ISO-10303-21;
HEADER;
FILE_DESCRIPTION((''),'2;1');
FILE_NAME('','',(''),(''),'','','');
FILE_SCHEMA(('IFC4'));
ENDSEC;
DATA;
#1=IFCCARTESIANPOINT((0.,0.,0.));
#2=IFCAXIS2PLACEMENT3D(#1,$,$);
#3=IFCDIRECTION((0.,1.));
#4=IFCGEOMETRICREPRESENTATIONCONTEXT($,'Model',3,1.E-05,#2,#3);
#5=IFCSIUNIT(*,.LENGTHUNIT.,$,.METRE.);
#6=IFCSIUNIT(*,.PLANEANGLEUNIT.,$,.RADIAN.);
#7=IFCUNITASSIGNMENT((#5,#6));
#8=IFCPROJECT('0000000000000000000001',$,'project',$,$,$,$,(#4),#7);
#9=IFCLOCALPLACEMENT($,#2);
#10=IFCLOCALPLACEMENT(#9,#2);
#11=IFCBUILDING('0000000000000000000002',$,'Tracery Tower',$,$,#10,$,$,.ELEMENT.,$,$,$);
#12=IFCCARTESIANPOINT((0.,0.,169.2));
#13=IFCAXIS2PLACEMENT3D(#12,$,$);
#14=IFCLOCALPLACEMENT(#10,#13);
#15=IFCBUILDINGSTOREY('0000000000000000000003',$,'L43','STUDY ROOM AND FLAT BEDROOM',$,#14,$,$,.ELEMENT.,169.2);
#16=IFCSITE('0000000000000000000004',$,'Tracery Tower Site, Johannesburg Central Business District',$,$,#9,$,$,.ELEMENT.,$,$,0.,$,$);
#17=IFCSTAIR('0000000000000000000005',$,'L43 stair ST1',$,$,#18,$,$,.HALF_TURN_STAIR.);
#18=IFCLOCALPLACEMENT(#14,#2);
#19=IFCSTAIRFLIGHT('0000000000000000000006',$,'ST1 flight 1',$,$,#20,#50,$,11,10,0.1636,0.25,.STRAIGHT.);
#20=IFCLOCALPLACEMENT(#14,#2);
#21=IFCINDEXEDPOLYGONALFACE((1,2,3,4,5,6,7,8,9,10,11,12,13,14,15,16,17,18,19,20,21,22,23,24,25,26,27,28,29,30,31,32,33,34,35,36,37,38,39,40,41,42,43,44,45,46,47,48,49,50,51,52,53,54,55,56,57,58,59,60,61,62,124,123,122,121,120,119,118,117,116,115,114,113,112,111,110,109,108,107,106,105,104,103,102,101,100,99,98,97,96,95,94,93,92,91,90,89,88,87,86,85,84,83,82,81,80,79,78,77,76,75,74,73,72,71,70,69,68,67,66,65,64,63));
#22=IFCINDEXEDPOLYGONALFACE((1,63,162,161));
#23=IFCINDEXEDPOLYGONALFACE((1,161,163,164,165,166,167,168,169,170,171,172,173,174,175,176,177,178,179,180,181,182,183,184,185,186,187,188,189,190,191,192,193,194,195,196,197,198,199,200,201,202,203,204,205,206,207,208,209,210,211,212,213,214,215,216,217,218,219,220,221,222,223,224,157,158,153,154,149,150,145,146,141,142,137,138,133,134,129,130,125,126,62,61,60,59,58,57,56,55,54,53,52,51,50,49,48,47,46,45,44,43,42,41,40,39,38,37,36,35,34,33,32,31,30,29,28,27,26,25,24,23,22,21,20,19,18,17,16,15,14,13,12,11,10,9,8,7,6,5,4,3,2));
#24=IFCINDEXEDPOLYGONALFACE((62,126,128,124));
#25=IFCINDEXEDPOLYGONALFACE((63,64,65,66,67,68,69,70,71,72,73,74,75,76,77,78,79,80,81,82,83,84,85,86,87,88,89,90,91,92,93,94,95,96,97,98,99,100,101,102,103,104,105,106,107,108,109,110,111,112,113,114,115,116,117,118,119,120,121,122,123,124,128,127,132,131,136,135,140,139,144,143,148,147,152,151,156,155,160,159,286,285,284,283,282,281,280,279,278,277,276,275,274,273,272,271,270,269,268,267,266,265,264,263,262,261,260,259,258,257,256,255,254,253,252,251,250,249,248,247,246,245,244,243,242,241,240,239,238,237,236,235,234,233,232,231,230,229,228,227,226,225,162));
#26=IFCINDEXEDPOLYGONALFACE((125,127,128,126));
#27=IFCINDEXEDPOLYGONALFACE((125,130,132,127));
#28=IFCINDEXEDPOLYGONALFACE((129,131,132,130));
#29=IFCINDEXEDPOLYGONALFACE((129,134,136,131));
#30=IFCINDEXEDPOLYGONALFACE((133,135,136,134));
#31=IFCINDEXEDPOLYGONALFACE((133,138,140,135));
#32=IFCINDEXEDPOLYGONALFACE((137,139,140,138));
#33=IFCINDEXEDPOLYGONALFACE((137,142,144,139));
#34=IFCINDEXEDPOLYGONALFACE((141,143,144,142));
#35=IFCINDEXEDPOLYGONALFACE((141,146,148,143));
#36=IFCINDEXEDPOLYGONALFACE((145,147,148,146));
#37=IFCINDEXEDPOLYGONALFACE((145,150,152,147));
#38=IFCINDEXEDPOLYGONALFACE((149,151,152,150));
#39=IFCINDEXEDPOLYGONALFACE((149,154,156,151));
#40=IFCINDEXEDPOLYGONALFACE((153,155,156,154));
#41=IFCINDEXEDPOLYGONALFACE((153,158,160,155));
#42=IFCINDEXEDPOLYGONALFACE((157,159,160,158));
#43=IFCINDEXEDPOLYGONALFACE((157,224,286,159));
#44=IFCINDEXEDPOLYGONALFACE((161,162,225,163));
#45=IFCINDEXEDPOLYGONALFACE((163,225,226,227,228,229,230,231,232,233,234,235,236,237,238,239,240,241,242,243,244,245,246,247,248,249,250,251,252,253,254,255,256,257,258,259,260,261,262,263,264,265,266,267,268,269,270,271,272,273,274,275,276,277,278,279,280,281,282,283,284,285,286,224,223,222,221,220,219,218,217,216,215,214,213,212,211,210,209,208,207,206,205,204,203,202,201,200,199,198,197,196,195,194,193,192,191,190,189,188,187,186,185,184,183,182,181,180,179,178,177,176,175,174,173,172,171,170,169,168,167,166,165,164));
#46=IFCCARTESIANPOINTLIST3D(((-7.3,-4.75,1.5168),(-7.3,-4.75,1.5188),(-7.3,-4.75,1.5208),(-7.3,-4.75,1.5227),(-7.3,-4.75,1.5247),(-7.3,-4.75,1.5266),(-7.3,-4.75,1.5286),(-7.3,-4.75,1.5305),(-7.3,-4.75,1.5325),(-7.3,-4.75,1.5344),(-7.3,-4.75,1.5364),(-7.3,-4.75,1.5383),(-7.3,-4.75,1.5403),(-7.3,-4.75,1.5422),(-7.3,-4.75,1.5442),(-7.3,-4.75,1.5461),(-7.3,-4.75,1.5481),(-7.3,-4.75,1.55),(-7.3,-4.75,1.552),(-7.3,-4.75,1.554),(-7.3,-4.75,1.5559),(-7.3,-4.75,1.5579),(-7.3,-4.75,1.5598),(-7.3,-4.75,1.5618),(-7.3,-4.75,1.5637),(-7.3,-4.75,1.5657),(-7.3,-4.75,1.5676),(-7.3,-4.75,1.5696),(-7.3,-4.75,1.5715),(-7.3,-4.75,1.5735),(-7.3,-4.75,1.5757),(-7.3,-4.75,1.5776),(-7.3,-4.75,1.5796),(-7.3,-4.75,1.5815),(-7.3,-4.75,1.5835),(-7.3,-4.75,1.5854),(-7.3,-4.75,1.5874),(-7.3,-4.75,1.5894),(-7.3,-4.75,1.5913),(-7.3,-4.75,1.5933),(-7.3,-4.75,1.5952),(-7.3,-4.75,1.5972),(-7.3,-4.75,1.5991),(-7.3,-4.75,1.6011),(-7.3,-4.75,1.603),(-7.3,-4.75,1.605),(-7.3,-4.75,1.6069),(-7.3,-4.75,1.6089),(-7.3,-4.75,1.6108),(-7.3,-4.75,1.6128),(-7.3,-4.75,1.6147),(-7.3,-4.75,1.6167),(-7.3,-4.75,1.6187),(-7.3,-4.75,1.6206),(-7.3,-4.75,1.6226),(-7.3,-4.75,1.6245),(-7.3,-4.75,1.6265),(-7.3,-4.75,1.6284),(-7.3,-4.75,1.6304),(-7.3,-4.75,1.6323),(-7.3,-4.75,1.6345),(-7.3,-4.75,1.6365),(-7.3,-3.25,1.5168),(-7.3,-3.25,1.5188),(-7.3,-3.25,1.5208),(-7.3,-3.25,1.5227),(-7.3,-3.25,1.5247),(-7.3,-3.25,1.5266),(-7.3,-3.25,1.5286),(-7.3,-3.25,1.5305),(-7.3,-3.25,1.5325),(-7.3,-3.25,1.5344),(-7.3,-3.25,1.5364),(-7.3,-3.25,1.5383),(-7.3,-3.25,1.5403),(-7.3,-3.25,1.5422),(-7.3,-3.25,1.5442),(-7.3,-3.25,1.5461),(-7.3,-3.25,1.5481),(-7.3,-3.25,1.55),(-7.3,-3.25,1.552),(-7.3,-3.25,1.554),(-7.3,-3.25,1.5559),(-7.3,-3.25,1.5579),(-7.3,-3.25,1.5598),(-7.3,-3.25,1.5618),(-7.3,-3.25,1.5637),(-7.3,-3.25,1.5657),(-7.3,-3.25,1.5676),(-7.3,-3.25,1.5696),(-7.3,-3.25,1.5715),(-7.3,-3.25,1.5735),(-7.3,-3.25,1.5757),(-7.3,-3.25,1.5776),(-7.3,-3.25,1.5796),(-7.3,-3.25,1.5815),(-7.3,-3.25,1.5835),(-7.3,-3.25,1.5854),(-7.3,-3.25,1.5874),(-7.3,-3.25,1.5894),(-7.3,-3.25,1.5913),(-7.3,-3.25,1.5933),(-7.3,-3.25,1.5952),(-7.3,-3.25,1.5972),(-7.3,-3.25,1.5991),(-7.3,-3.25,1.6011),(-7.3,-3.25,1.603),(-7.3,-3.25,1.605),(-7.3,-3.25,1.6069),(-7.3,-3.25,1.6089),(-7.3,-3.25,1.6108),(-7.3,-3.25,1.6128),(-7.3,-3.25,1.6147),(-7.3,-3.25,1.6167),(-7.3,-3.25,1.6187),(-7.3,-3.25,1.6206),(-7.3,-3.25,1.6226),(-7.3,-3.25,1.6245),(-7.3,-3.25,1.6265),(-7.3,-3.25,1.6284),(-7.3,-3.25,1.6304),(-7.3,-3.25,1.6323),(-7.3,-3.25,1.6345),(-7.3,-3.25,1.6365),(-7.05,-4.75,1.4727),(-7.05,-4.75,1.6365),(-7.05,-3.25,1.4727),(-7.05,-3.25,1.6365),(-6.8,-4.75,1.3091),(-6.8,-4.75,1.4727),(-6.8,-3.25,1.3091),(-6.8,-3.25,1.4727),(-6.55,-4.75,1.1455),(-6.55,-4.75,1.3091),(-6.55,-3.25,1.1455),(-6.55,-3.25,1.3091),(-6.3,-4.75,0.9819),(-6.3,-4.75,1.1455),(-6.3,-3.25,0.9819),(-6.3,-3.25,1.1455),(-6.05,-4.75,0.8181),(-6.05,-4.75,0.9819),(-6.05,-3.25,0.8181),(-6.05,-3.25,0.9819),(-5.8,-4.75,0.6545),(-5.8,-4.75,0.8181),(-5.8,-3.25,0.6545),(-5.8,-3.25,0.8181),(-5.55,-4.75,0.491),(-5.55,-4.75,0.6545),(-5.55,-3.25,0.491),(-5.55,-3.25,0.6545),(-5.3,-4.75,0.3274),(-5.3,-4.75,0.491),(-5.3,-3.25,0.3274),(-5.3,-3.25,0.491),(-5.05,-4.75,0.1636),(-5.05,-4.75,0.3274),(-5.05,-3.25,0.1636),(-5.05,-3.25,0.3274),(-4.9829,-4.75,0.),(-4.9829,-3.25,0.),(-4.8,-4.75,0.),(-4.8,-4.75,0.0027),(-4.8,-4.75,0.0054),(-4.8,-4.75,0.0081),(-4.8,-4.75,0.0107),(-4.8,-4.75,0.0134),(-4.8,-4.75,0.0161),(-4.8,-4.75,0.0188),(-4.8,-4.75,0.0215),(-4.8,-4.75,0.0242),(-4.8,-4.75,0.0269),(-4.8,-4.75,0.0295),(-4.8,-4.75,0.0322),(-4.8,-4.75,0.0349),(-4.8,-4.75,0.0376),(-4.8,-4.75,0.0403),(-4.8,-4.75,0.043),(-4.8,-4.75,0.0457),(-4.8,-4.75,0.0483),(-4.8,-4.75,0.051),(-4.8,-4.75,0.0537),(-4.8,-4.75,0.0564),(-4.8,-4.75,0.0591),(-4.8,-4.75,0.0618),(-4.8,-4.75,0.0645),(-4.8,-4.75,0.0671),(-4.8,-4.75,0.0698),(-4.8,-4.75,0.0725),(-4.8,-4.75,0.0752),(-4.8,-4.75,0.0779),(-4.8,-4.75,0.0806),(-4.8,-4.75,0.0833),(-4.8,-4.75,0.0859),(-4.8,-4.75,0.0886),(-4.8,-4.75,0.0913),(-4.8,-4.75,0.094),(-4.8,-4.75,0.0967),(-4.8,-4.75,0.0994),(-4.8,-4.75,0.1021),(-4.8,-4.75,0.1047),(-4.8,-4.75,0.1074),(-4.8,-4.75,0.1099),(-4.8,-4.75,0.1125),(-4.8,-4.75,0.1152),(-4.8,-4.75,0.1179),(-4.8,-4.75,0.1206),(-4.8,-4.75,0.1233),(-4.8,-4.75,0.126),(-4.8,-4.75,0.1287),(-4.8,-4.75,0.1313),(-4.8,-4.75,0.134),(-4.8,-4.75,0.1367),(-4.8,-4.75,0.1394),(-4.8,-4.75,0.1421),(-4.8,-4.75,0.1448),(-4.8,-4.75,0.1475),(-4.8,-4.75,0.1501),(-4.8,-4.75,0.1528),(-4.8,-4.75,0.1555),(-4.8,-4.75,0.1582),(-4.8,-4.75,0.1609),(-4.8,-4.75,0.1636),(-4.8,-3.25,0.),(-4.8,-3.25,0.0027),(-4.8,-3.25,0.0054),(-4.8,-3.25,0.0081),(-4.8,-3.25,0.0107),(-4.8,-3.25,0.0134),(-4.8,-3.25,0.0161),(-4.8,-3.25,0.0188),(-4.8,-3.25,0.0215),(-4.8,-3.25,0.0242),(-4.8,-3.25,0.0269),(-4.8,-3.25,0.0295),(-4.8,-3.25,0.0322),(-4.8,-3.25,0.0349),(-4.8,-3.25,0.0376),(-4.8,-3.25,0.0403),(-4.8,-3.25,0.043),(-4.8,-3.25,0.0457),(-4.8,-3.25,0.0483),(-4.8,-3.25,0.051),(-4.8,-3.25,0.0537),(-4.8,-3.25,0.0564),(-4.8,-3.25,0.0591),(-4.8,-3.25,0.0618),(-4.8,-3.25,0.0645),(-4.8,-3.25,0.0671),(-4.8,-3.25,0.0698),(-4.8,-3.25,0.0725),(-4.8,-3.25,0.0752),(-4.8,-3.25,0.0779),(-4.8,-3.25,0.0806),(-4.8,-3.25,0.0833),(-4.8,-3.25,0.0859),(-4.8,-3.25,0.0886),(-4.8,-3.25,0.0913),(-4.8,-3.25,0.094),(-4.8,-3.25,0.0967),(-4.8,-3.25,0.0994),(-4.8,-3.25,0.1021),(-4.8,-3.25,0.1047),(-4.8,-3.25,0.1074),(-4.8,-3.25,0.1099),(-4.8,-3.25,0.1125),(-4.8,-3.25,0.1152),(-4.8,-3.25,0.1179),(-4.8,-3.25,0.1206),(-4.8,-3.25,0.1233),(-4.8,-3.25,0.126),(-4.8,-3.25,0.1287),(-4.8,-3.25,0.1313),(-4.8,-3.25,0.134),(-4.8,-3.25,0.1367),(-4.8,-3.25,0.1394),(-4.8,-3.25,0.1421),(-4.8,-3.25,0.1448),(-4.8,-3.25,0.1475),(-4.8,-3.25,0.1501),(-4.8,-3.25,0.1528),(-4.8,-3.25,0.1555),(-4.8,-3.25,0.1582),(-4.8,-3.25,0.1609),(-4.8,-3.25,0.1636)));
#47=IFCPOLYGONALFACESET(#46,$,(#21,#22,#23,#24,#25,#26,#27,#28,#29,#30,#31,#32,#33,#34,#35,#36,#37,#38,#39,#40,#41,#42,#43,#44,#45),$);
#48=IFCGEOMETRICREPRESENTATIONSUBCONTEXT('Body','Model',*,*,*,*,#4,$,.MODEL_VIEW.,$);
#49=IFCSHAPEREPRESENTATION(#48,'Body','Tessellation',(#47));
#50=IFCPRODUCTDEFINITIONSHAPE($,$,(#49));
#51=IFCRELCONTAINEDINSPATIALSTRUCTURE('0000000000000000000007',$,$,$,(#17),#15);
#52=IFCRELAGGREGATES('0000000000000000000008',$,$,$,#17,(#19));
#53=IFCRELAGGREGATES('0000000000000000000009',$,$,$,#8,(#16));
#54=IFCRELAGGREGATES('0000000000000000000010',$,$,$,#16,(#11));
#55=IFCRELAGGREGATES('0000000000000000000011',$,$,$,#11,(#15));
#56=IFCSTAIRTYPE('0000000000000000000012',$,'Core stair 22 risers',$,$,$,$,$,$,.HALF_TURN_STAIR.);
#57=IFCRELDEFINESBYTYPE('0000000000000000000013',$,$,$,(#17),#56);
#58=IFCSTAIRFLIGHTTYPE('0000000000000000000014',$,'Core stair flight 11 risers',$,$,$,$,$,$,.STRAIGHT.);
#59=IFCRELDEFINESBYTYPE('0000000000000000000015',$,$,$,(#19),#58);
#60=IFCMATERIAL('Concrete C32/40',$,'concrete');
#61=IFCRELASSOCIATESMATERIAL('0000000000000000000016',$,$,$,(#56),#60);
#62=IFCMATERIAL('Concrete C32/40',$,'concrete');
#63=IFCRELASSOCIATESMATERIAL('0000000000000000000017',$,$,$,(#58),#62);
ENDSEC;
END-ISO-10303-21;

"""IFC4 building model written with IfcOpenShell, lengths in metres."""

from ifc_helpers import new_model, si_unit, direction, frame, origin, place, context, subcontext, project, spatial, polyline, outline, extrude, material, type_object, element, aggregate, save


model = new_model("IFC4")

# Units and contexts
model_context = context("Model", 3, precision=1e-05, world=origin(), true_north=direction((0.0, 1.0)))
body_context = subcontext(model_context, "Body", "Model", "MODEL_VIEW")
ifc_project = project(units=[si_unit("LENGTHUNIT", "METRE"), si_unit("PLANEANGLEUNIT", "RADIAN")], contexts=[model_context])

# Site, building, storey
site_placement = place(None, origin())
site = spatial("IfcSite", under=ifc_project, at=site_placement, Name="Tracery Tower Site, Johannesburg Central Business District", CompositionType="ELEMENT", RefElevation=0.0)
building_placement = place(site_placement, origin())
building = spatial("IfcBuilding", under=site, at=building_placement, Name="Tracery Tower", CompositionType="ELEMENT")
storey_placement = place(building_placement, frame((0.0, 0.0, 169.2)))
storey = spatial("IfcBuildingStorey", under=building, at=storey_placement, Name="L43", Description="STUDY ROOM AND FLAT BEDROOM", CompositionType="ELEMENT", Elevation=169.2)

# Stair, stair flight
ifc_material_1 = material(Name="Concrete C32/40", Category="concrete")
stair_type = type_object("IfcStairType", Name="Core stair 22 risers", PredefinedType="HALF_TURN_STAIR", material=ifc_material_1)
stair_placement = place(storey_placement, origin())
stair = element("IfcStair", 1, at=stair_placement, inside=storey, type_object=stair_type, Name="L43 stair ST1", PredefinedType="HALF_TURN_STAIR")
ifc_material_2 = material(Name="Concrete C32/40", Category="concrete")
stair_flight_type = type_object("IfcStairFlightType", Name="Core stair flight 11 risers", PredefinedType="STRAIGHT", material=ifc_material_2)
stair_flight_1_placement = place(storey_placement, frame((-4.8, -4.0, 0.0), z_axis=(0.0, 0.0, 1.0), x_axis=(-1.0, 0.0, 0.0)))
stair_flight_1 = element("IfcStairFlight", 2, at=stair_flight_1_placement, type_object=stair_flight_type, Name="ST1 flight 1", NumberOfRisers=11, NumberOfTreads=10, PredefinedType="STRAIGHT", RiserHeight=0.1636, TreadLength=0.25, context=body_context, shape_type="SweptSolid", body=[
    extrude(outline(polyline([(0.0, 0.0), (0.0, 0.0027), (0.0, 0.0054), (0.0, 0.0081), (0.0, 0.0107), (0.0, 0.0134), (0.0, 0.0161), (0.0, 0.0188), (0.0, 0.0215), (0.0, 0.0242), (0.0, 0.0269), (0.0, 0.0295), (0.0, 0.0322), (0.0, 0.0349), (0.0, 0.0376), (0.0, 0.0403), (0.0, 0.043), (0.0, 0.0457), (0.0, 0.0483), (0.0, 0.051), (0.0, 0.0537), (0.0, 0.0564), (0.0, 0.0591), (0.0, 0.0618), (0.0, 0.0645), (0.0, 0.0671), (0.0, 0.0698), (0.0, 0.0725), (0.0, 0.0752), (0.0, 0.0779), (0.0, 0.0806), (0.0, 0.0833), (0.0, 0.0859), (0.0, 0.0886), (0.0, 0.0913), (0.0, 0.094), (0.0, 0.0967), (0.0, 0.0994), (0.0, 0.1021), (0.0, 0.1047), (0.0, 0.1074), (0.0, 0.1099), (0.0, 0.1125), (0.0, 0.1152), (0.0, 0.1179), (0.0, 0.1206), (0.0, 0.1233), (0.0, 0.126), (0.0, 0.1287), (0.0, 0.1313), (0.0, 0.134), (0.0, 0.1367), (0.0, 0.1394), (0.0, 0.1421), (0.0, 0.1448), (0.0, 0.1475), (0.0, 0.1501), (0.0, 0.1528), (0.0, 0.1555), (0.0, 0.1582), (0.0, 0.1609), (0.0, 0.1636), (0.25, 0.1636), (0.25, 0.3274), (0.5, 0.3274), (0.5, 0.491), (0.75, 0.491), (0.75, 0.6545), (1.0, 0.6545), (1.0, 0.8181), (1.25, 0.8181), (1.25, 0.9819), (1.5, 0.9819), (1.5, 1.1455), (1.75, 1.1455), (1.75, 1.3091), (2.0, 1.3091), (2.0, 1.4727), (2.25, 1.4727), (2.25, 1.6365), (2.5, 1.6365), (2.5, 1.6345), (2.5, 1.6323), (2.5, 1.6304), (2.5, 1.6284), (2.5, 1.6265), (2.5, 1.6245), (2.5, 1.6226), (2.5, 1.6206), (2.5, 1.6187), (2.5, 1.6167), (2.5, 1.6147), (2.5, 1.6128), (2.5, 1.6108), (2.5, 1.6089), (2.5, 1.6069), (2.5, 1.605), (2.5, 1.603), (2.5, 1.6011), (2.5, 1.5991), (2.5, 1.5972), (2.5, 1.5952), (2.5, 1.5933), (2.5, 1.5913), (2.5, 1.5894), (2.5, 1.5874), (2.5, 1.5854), (2.5, 1.5835), (2.5, 1.5815), (2.5, 1.5796), (2.5, 1.5776), (2.5, 1.5757), (2.5, 1.5735), (2.5, 1.5715), (2.5, 1.5696), (2.5, 1.5676), (2.5, 1.5657), (2.5, 1.5637), (2.5, 1.5618), (2.5, 1.5598), (2.5, 1.5579), (2.5, 1.5559), (2.5, 1.554), (2.5, 1.552), (2.5, 1.55), (2.5, 1.5481), (2.5, 1.5461), (2.5, 1.5442), (2.5, 1.5422), (2.5, 1.5403), (2.5, 1.5383), (2.5, 1.5364), (2.5, 1.5344), (2.5, 1.5325), (2.5, 1.5305), (2.5, 1.5286), (2.5, 1.5266), (2.5, 1.5247), (2.5, 1.5227), (2.5, 1.5208), (2.5, 1.5188), (2.5, 1.5168), (0.1829, 0.0), (0.0, 0.0)])), frame((0.0, 0.75, 0.0), z_axis=(0.0, -1.0, 0.0), x_axis=(1.0, 0.0, 0.0)), (0.0, 0.0, 1.0), 1.5),
])
aggregate(stair, [stair_flight_1])

save(model, "model.ifc")
